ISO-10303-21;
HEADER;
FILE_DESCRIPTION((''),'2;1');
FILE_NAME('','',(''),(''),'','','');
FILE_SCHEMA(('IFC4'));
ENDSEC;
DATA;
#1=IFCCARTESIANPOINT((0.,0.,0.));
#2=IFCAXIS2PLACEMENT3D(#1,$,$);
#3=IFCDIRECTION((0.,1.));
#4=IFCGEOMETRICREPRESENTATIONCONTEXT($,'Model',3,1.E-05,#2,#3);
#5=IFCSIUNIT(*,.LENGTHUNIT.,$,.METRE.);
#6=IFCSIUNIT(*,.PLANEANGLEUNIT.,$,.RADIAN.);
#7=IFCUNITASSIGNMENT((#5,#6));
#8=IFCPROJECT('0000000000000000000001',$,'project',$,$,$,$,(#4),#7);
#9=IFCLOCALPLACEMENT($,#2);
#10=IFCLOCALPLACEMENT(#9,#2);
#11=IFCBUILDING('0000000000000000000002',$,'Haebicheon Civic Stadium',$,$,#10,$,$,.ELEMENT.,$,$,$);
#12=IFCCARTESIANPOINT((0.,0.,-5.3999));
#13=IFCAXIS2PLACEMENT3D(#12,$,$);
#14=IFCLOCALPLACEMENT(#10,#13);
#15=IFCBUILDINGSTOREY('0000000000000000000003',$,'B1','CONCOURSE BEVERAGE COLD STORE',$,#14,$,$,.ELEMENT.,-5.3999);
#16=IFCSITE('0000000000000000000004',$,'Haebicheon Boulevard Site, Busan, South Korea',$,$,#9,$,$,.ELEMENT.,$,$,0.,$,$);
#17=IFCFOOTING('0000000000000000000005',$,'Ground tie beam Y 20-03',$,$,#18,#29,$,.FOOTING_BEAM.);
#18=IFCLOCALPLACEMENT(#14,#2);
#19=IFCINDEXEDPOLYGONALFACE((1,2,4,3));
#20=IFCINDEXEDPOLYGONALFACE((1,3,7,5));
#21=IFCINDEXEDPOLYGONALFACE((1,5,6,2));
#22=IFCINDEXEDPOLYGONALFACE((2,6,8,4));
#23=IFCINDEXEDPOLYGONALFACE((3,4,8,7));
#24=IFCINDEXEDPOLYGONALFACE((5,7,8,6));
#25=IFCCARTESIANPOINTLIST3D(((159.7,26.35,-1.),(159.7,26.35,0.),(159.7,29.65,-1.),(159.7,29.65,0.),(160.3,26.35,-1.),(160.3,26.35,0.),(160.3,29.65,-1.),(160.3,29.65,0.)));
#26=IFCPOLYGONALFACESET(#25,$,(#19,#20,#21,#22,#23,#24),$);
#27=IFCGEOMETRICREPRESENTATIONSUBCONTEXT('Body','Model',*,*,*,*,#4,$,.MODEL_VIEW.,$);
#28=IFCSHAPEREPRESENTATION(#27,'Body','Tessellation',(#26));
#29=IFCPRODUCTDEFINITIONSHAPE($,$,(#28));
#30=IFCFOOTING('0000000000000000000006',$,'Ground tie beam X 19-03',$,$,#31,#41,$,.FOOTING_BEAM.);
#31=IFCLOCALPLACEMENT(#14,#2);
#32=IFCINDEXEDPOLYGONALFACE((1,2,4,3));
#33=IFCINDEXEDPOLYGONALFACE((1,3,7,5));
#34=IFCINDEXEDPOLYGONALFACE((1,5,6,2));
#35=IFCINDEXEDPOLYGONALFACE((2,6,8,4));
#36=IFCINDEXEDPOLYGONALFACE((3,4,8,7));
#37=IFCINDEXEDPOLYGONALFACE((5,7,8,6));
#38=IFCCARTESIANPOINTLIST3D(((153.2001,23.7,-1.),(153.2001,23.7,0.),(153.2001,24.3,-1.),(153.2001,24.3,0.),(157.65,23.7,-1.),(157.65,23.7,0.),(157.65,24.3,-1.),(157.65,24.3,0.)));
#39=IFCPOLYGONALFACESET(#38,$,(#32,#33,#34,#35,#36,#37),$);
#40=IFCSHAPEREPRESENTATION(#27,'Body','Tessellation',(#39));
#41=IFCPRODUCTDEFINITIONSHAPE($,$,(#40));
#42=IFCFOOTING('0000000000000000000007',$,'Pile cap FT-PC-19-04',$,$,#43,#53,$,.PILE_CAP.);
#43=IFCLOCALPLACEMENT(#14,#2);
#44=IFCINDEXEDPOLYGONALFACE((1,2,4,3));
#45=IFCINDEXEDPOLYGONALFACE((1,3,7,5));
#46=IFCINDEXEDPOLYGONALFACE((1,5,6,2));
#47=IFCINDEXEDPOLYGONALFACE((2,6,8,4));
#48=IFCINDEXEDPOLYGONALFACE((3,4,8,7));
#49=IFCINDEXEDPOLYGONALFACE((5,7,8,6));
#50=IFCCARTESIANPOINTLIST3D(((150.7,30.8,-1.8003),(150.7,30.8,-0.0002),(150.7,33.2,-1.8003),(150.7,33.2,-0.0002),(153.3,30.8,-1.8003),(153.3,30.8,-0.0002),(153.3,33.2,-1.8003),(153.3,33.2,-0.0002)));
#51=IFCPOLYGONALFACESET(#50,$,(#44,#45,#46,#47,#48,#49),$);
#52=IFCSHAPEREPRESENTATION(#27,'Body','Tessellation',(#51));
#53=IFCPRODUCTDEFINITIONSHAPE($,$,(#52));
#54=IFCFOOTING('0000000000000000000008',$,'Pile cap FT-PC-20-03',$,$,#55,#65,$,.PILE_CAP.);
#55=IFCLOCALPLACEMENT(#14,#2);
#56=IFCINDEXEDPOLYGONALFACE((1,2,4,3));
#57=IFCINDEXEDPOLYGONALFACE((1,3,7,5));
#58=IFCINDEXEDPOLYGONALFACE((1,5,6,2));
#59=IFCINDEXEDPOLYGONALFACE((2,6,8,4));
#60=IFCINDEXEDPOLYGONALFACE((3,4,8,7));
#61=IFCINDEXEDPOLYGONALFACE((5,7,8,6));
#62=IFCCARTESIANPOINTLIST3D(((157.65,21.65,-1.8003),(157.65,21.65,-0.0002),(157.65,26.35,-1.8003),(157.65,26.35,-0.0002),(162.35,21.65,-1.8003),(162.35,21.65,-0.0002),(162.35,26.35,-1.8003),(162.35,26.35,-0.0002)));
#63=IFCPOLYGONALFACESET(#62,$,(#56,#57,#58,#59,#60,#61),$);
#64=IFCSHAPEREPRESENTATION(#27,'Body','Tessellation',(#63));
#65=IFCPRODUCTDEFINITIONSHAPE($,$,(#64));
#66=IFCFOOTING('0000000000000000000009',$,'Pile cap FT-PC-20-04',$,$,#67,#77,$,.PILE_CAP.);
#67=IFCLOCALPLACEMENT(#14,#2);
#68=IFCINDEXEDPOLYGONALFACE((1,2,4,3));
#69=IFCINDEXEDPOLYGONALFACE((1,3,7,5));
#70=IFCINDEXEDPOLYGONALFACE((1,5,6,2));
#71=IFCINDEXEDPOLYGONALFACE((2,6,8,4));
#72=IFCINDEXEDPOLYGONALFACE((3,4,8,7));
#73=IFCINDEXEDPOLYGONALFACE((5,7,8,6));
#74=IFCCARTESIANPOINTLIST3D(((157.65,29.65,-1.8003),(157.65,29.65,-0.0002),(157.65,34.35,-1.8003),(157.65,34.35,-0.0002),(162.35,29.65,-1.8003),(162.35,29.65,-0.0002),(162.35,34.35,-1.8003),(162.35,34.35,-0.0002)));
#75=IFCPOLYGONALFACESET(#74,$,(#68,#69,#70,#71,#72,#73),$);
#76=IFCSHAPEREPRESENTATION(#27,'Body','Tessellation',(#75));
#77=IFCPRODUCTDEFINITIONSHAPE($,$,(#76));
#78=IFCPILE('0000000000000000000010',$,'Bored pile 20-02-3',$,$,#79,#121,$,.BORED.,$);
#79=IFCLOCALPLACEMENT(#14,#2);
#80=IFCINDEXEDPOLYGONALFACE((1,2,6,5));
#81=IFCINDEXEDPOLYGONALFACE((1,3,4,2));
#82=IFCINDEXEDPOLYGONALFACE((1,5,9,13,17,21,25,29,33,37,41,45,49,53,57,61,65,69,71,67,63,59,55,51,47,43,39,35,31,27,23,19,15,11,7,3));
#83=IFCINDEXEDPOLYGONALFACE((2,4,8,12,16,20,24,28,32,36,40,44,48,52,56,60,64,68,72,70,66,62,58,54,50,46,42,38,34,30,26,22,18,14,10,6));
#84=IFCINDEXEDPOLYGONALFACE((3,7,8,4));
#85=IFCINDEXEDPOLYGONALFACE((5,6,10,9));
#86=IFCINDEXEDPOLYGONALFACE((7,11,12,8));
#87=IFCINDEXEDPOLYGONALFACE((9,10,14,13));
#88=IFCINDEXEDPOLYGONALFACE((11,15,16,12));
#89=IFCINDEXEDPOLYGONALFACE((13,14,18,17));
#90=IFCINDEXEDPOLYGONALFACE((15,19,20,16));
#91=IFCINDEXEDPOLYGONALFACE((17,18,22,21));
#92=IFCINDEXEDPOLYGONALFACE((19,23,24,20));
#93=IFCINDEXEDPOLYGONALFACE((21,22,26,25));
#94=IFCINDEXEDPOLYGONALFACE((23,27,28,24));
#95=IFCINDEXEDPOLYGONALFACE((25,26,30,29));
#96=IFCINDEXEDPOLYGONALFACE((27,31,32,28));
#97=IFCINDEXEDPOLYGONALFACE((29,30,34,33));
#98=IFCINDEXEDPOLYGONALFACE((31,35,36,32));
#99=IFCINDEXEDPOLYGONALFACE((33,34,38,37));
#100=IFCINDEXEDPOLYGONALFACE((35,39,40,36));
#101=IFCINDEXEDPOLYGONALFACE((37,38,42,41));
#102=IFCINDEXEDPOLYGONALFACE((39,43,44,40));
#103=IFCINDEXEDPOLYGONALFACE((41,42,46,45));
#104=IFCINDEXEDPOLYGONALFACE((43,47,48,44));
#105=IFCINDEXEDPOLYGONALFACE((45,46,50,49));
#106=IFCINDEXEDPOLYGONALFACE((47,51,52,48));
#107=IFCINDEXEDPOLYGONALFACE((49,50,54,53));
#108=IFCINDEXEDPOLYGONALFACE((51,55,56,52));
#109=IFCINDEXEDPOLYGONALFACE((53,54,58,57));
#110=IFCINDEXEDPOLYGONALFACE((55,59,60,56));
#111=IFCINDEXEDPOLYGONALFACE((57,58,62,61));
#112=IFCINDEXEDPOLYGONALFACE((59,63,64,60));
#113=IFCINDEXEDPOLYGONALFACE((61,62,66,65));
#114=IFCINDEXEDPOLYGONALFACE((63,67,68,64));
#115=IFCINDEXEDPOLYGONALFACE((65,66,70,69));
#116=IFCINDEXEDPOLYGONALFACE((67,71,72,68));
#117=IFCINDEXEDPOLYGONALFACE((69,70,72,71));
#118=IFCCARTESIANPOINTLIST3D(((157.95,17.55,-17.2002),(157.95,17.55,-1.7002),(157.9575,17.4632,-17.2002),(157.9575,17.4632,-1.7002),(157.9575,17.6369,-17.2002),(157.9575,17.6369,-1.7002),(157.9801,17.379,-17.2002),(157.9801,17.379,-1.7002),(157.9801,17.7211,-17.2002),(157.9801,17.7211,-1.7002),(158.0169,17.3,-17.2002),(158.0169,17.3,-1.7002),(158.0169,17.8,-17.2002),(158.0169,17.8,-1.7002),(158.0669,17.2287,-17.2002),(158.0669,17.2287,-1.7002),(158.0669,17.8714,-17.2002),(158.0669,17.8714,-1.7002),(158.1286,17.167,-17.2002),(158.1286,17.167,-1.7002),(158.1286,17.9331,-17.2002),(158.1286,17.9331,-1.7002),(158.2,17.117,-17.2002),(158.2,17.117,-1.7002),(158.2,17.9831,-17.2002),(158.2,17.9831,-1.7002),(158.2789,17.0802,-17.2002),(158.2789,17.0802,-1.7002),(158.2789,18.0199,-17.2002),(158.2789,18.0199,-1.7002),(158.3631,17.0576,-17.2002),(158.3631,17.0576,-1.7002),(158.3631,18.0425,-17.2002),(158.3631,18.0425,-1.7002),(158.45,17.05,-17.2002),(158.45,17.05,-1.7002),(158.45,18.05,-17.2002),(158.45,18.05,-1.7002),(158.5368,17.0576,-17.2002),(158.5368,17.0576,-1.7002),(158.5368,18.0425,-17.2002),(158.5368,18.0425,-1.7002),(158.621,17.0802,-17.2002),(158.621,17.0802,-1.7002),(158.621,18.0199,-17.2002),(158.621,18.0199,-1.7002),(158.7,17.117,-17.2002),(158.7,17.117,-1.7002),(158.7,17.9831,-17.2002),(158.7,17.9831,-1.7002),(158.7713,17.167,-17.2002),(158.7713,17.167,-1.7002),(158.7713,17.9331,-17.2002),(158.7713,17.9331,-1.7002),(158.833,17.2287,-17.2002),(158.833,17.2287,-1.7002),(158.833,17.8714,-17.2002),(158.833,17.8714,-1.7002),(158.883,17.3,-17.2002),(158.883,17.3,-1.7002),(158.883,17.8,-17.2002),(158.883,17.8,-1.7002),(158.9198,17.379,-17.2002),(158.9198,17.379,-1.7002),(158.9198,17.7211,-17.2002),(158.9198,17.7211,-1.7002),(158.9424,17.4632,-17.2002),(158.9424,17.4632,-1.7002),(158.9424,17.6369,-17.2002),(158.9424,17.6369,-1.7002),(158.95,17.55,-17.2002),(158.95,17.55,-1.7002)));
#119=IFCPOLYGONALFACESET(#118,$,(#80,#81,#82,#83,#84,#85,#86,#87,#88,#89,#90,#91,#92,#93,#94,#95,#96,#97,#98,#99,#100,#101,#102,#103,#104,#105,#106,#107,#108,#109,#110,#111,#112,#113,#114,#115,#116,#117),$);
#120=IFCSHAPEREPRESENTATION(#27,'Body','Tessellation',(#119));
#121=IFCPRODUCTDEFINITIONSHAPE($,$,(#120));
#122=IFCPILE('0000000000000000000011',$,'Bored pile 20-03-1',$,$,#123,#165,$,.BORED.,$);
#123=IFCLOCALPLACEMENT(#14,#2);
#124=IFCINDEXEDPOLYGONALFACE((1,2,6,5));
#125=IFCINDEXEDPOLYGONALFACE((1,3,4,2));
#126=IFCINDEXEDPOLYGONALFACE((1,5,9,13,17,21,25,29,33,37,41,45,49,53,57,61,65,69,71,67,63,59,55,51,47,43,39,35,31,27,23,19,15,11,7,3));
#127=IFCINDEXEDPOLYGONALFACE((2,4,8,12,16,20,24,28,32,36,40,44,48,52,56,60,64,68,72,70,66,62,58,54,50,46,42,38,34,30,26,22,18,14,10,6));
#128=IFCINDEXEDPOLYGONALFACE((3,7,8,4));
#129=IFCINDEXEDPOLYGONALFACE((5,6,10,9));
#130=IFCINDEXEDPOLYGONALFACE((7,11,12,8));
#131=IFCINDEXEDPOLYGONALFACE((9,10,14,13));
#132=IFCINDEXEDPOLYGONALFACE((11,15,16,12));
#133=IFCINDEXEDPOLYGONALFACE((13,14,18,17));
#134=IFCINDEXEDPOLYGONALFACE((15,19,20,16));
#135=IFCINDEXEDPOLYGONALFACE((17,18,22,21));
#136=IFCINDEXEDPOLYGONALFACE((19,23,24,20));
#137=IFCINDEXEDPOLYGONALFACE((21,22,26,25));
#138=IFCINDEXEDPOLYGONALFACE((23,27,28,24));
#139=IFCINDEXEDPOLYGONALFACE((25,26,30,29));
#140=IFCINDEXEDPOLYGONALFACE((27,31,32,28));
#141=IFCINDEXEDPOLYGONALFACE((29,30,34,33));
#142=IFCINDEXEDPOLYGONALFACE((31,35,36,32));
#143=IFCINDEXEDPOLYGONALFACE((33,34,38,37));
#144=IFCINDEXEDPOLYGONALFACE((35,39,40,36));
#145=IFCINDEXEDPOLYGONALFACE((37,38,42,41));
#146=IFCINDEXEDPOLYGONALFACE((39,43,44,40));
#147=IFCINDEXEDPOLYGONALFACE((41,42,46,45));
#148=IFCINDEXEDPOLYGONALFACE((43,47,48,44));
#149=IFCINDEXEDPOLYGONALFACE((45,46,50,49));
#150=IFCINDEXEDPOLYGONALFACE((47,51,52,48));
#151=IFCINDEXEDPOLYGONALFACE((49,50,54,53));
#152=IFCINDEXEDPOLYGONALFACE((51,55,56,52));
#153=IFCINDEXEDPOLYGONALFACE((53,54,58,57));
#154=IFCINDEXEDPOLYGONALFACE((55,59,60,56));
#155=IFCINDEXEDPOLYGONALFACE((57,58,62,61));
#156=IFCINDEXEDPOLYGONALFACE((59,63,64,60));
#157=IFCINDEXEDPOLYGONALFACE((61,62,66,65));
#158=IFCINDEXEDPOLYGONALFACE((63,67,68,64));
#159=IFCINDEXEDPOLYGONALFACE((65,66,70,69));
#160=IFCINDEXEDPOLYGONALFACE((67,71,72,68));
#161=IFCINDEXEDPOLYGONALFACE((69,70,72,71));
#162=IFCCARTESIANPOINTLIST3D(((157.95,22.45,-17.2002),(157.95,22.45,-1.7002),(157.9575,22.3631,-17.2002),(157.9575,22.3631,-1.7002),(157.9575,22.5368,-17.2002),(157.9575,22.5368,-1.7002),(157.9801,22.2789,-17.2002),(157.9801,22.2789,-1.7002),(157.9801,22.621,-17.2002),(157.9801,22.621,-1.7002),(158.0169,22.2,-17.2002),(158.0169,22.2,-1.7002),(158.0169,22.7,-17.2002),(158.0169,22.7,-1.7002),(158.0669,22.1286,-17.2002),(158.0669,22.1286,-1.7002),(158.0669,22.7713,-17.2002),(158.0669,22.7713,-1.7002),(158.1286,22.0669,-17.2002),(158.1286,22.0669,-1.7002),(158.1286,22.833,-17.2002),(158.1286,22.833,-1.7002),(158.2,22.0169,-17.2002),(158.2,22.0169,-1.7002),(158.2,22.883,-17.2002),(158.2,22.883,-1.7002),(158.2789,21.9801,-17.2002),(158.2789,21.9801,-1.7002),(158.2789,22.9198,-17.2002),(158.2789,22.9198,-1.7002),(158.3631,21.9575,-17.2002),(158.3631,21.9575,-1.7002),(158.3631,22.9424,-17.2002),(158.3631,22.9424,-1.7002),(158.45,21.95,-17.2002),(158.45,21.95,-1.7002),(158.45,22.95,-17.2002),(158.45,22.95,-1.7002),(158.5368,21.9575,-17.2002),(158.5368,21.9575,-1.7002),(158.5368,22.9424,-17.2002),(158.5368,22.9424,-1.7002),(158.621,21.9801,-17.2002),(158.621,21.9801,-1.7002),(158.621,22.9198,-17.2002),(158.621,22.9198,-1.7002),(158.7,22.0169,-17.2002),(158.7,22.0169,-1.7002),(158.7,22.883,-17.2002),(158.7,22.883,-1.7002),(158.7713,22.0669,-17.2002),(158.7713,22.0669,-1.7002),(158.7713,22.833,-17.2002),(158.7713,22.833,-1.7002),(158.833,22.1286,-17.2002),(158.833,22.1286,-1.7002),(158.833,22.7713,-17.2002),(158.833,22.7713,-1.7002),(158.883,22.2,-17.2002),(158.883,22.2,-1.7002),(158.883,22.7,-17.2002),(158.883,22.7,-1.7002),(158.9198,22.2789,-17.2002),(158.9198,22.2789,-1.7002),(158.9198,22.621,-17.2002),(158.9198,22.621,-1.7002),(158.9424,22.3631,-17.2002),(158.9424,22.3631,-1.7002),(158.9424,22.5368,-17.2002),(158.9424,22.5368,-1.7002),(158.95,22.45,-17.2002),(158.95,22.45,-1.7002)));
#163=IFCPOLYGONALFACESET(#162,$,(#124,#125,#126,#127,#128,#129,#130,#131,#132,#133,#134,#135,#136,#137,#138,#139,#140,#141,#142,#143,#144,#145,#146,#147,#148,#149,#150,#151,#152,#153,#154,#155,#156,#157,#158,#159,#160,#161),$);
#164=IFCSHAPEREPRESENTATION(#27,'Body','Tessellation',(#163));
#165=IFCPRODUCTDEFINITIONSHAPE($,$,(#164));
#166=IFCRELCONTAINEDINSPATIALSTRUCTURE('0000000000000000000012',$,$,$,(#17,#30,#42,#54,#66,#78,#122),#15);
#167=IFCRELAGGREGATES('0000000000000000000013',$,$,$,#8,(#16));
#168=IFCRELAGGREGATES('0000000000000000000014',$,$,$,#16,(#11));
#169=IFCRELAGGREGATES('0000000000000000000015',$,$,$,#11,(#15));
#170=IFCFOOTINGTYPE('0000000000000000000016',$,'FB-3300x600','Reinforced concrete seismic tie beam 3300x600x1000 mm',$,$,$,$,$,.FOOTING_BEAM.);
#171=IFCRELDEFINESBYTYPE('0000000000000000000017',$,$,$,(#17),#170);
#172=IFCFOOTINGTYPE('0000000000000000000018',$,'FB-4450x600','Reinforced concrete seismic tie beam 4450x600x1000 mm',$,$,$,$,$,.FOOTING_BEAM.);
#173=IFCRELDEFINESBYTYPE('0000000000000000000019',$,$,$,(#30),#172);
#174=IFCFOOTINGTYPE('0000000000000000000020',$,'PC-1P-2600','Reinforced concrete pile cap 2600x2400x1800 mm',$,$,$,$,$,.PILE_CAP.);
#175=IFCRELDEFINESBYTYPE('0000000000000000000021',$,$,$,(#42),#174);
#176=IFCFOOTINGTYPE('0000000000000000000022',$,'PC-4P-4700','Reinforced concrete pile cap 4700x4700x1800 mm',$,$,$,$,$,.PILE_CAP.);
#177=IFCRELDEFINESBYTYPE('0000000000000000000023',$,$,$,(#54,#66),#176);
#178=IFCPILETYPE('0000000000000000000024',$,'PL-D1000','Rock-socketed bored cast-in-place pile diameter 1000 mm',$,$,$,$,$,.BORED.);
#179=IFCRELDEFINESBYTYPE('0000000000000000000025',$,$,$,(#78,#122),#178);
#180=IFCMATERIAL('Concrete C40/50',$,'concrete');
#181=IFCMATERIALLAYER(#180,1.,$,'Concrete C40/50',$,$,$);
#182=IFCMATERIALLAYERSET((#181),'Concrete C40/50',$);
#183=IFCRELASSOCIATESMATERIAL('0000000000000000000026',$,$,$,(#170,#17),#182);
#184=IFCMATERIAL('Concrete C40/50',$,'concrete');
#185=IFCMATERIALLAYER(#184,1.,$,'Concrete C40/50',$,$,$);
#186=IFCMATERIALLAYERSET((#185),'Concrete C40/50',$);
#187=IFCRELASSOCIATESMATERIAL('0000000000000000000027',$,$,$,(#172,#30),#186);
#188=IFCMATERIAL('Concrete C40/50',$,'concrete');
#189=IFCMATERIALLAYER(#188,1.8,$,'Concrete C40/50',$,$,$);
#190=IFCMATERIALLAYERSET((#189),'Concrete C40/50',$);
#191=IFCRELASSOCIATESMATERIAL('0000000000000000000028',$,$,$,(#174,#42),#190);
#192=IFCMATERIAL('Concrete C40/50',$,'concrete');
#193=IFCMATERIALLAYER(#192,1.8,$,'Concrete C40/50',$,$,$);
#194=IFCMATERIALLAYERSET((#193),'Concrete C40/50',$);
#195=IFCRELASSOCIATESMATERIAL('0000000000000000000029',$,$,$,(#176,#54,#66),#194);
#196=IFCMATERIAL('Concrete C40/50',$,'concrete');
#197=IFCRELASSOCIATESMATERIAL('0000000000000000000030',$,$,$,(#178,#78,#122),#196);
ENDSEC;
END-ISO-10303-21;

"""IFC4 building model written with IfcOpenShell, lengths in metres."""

from ifc_helpers import new_model, si_unit, direction, frame, origin, origin_2d, place, context, subcontext, project, spatial, rectangle, circle, extrude, material, layer, layer_set, material_profile, profile_set, type_object, element, save


model = new_model("IFC4")

# Units and contexts
model_context = context("Model", 3, precision=1e-05, world=origin(), true_north=direction((0.0, 1.0)))
body_context = subcontext(model_context, "Body", "Model", "MODEL_VIEW")
ifc_project = project(units=[si_unit("LENGTHUNIT", "METRE"), si_unit("PLANEANGLEUNIT", "RADIAN")], contexts=[model_context])

# Site, building, storey
site_placement = place(None, origin())
site = spatial("IfcSite", under=ifc_project, at=site_placement, Name="Haebicheon Boulevard Site, Busan, South Korea", CompositionType="ELEMENT", RefElevation=0.0)
building_placement = place(site_placement, origin())
building = spatial("IfcBuilding", under=site, at=building_placement, Name="Haebicheon Civic Stadium", CompositionType="ELEMENT")
storey_placement = place(building_placement, frame((0.0, 0.0, -5.3999)))
storey = spatial("IfcBuildingStorey", under=building, at=storey_placement, Name="B1", Description="CONCOURSE BEVERAGE COLD STORE", CompositionType="ELEMENT", Elevation=-5.3999)

# Footings
ifc_material_1 = material(Name="Concrete C40/50", Category="concrete")
ifc_layer_1 = layer(ifc_material_1, 1.0, Name="Concrete C40/50")
ifc_layer_set_1 = layer_set([ifc_layer_1], Name="Concrete C40/50")
footing_type_1 = type_object("IfcFootingType", Name="FB-3300x600", Description="Reinforced concrete seismic tie beam 3300x600x1000 mm", PredefinedType="FOOTING_BEAM", material=ifc_layer_set_1)
footing_1_placement = place(storey_placement, frame((160.0, 28.0, -1.0), z_axis=(0.0, 0.0, 1.0), x_axis=(0.0, 1.0, 0.0)))
element("IfcFooting", 1, at=footing_1_placement, inside=storey, type_object=footing_type_1, material=ifc_layer_set_1, Name="Ground tie beam Y 20-03", PredefinedType="FOOTING_BEAM", context=body_context, shape_type="SweptSolid", body=[
    extrude(rectangle(XDim=3.3, YDim=0.6001, at=origin_2d()), origin(), (0.0, 0.0, 1.0), 1.0),
])
ifc_material_2 = material(Name="Concrete C40/50", Category="concrete")
ifc_layer_2 = layer(ifc_material_2, 1.0, Name="Concrete C40/50")
ifc_layer_set_2 = layer_set([ifc_layer_2], Name="Concrete C40/50")
footing_type_2 = type_object("IfcFootingType", Name="FB-4450x600", Description="Reinforced concrete seismic tie beam 4450x600x1000 mm", PredefinedType="FOOTING_BEAM", material=ifc_layer_set_2)
footing_2_placement = place(storey_placement, frame((155.425, 24.0, -1.0), z_axis=(0.0, 0.0, 1.0), x_axis=(1.0, 0.0, 0.0)))
element("IfcFooting", 2, at=footing_2_placement, inside=storey, type_object=footing_type_2, material=ifc_layer_set_2, Name="Ground tie beam X 19-03", PredefinedType="FOOTING_BEAM", context=body_context, shape_type="SweptSolid", body=[
    extrude(rectangle(XDim=4.45, YDim=0.6001, at=origin_2d()), origin(), (0.0, 0.0, 1.0), 1.0),
])
ifc_material_3 = material(Name="Concrete C40/50", Category="concrete")
ifc_layer_3 = layer(ifc_material_3, 1.8, Name="Concrete C40/50")
ifc_layer_set_3 = layer_set([ifc_layer_3], Name="Concrete C40/50")
footing_type_3 = type_object("IfcFootingType", Name="PC-1P-2600", Description="Reinforced concrete pile cap 2600x2400x1800 mm", PredefinedType="PILE_CAP", material=ifc_layer_set_3)
footing_3_placement = place(storey_placement, frame((152.0, 32.0, -1.8003), z_axis=(0.0, 0.0, 1.0), x_axis=(1.0, 0.0, 0.0)))
element("IfcFooting", 3, at=footing_3_placement, inside=storey, type_object=footing_type_3, material=ifc_layer_set_3, Name="Pile cap FT-PC-19-04", PredefinedType="PILE_CAP", context=body_context, shape_type="SweptSolid", body=[
    extrude(rectangle(XDim=2.6001, YDim=2.3999, at=origin_2d()), origin(), (0.0, 0.0, 1.0), 1.8),
])
ifc_material_4 = material(Name="Concrete C40/50", Category="concrete")
ifc_layer_4 = layer(ifc_material_4, 1.8, Name="Concrete C40/50")
ifc_layer_set_4 = layer_set([ifc_layer_4], Name="Concrete C40/50")
footing_type_4 = type_object("IfcFootingType", Name="PC-4P-4700", Description="Reinforced concrete pile cap 4700x4700x1800 mm", PredefinedType="PILE_CAP", material=ifc_layer_set_4)
for number, where, z_axis, x_axis, name in (
    (4, (160.0, 24.0, -1.8003), (0.0, 0.0, 1.0), (1.0, 0.0, 0.0), "Pile cap FT-PC-20-03"),
    (5, (160.0, 32.0, -1.8003), (0.0, 0.0, 1.0), (1.0, 0.0, 0.0), "Pile cap FT-PC-20-04"),
):
    element("IfcFooting", number, at=place(storey_placement, frame(where, z_axis=z_axis, x_axis=x_axis)), inside=storey, type_object=footing_type_4, material=ifc_layer_set_4, Name=name, PredefinedType="PILE_CAP", context=body_context, shape_type="SweptSolid", body=[
        extrude(rectangle(XDim=4.7, YDim=4.7, at=origin_2d()), origin(), (0.0, 0.0, 1.0), 1.8),
    ])

# Piles
ifc_material_5 = material(Name="Concrete C40/50", Category="concrete")
ifc_material_profile_1 = material_profile(ifc_material_5, circle(Radius=0.5, at=origin_2d()), Name="PILE-D1000")
ifc_profile_set_1 = profile_set([ifc_material_profile_1], Name="Concrete C40/50")
pile_type_1 = type_object("IfcPileType", Name="PL-D1000", Description="Rock-socketed bored cast-in-place pile diameter 1000 mm", PredefinedType="BORED", material=ifc_profile_set_1)
for number, where, z_axis, x_axis, name in (
    (6, (158.45, 17.55, -1.7002), (0.0, 0.0, -1.0), (1.0, 0.0, 0.0), "Bored pile 20-02-3"),
    (7, (158.45, 22.45, -1.7002), (0.0, 0.0, -1.0), (1.0, 0.0, 0.0), "Bored pile 20-03-1"),
):
    element("IfcPile", number, at=place(storey_placement, frame(where, z_axis=z_axis, x_axis=x_axis)), inside=storey, type_object=pile_type_1, material=ifc_profile_set_1, Name=name, PredefinedType="BORED", context=body_context, shape_type="SweptSolid", body=[
        extrude(circle(Radius=0.5, at=origin_2d()), origin(), (0.0, 0.0, 1.0), 15.5),
    ])

save(model, "model.ifc")
